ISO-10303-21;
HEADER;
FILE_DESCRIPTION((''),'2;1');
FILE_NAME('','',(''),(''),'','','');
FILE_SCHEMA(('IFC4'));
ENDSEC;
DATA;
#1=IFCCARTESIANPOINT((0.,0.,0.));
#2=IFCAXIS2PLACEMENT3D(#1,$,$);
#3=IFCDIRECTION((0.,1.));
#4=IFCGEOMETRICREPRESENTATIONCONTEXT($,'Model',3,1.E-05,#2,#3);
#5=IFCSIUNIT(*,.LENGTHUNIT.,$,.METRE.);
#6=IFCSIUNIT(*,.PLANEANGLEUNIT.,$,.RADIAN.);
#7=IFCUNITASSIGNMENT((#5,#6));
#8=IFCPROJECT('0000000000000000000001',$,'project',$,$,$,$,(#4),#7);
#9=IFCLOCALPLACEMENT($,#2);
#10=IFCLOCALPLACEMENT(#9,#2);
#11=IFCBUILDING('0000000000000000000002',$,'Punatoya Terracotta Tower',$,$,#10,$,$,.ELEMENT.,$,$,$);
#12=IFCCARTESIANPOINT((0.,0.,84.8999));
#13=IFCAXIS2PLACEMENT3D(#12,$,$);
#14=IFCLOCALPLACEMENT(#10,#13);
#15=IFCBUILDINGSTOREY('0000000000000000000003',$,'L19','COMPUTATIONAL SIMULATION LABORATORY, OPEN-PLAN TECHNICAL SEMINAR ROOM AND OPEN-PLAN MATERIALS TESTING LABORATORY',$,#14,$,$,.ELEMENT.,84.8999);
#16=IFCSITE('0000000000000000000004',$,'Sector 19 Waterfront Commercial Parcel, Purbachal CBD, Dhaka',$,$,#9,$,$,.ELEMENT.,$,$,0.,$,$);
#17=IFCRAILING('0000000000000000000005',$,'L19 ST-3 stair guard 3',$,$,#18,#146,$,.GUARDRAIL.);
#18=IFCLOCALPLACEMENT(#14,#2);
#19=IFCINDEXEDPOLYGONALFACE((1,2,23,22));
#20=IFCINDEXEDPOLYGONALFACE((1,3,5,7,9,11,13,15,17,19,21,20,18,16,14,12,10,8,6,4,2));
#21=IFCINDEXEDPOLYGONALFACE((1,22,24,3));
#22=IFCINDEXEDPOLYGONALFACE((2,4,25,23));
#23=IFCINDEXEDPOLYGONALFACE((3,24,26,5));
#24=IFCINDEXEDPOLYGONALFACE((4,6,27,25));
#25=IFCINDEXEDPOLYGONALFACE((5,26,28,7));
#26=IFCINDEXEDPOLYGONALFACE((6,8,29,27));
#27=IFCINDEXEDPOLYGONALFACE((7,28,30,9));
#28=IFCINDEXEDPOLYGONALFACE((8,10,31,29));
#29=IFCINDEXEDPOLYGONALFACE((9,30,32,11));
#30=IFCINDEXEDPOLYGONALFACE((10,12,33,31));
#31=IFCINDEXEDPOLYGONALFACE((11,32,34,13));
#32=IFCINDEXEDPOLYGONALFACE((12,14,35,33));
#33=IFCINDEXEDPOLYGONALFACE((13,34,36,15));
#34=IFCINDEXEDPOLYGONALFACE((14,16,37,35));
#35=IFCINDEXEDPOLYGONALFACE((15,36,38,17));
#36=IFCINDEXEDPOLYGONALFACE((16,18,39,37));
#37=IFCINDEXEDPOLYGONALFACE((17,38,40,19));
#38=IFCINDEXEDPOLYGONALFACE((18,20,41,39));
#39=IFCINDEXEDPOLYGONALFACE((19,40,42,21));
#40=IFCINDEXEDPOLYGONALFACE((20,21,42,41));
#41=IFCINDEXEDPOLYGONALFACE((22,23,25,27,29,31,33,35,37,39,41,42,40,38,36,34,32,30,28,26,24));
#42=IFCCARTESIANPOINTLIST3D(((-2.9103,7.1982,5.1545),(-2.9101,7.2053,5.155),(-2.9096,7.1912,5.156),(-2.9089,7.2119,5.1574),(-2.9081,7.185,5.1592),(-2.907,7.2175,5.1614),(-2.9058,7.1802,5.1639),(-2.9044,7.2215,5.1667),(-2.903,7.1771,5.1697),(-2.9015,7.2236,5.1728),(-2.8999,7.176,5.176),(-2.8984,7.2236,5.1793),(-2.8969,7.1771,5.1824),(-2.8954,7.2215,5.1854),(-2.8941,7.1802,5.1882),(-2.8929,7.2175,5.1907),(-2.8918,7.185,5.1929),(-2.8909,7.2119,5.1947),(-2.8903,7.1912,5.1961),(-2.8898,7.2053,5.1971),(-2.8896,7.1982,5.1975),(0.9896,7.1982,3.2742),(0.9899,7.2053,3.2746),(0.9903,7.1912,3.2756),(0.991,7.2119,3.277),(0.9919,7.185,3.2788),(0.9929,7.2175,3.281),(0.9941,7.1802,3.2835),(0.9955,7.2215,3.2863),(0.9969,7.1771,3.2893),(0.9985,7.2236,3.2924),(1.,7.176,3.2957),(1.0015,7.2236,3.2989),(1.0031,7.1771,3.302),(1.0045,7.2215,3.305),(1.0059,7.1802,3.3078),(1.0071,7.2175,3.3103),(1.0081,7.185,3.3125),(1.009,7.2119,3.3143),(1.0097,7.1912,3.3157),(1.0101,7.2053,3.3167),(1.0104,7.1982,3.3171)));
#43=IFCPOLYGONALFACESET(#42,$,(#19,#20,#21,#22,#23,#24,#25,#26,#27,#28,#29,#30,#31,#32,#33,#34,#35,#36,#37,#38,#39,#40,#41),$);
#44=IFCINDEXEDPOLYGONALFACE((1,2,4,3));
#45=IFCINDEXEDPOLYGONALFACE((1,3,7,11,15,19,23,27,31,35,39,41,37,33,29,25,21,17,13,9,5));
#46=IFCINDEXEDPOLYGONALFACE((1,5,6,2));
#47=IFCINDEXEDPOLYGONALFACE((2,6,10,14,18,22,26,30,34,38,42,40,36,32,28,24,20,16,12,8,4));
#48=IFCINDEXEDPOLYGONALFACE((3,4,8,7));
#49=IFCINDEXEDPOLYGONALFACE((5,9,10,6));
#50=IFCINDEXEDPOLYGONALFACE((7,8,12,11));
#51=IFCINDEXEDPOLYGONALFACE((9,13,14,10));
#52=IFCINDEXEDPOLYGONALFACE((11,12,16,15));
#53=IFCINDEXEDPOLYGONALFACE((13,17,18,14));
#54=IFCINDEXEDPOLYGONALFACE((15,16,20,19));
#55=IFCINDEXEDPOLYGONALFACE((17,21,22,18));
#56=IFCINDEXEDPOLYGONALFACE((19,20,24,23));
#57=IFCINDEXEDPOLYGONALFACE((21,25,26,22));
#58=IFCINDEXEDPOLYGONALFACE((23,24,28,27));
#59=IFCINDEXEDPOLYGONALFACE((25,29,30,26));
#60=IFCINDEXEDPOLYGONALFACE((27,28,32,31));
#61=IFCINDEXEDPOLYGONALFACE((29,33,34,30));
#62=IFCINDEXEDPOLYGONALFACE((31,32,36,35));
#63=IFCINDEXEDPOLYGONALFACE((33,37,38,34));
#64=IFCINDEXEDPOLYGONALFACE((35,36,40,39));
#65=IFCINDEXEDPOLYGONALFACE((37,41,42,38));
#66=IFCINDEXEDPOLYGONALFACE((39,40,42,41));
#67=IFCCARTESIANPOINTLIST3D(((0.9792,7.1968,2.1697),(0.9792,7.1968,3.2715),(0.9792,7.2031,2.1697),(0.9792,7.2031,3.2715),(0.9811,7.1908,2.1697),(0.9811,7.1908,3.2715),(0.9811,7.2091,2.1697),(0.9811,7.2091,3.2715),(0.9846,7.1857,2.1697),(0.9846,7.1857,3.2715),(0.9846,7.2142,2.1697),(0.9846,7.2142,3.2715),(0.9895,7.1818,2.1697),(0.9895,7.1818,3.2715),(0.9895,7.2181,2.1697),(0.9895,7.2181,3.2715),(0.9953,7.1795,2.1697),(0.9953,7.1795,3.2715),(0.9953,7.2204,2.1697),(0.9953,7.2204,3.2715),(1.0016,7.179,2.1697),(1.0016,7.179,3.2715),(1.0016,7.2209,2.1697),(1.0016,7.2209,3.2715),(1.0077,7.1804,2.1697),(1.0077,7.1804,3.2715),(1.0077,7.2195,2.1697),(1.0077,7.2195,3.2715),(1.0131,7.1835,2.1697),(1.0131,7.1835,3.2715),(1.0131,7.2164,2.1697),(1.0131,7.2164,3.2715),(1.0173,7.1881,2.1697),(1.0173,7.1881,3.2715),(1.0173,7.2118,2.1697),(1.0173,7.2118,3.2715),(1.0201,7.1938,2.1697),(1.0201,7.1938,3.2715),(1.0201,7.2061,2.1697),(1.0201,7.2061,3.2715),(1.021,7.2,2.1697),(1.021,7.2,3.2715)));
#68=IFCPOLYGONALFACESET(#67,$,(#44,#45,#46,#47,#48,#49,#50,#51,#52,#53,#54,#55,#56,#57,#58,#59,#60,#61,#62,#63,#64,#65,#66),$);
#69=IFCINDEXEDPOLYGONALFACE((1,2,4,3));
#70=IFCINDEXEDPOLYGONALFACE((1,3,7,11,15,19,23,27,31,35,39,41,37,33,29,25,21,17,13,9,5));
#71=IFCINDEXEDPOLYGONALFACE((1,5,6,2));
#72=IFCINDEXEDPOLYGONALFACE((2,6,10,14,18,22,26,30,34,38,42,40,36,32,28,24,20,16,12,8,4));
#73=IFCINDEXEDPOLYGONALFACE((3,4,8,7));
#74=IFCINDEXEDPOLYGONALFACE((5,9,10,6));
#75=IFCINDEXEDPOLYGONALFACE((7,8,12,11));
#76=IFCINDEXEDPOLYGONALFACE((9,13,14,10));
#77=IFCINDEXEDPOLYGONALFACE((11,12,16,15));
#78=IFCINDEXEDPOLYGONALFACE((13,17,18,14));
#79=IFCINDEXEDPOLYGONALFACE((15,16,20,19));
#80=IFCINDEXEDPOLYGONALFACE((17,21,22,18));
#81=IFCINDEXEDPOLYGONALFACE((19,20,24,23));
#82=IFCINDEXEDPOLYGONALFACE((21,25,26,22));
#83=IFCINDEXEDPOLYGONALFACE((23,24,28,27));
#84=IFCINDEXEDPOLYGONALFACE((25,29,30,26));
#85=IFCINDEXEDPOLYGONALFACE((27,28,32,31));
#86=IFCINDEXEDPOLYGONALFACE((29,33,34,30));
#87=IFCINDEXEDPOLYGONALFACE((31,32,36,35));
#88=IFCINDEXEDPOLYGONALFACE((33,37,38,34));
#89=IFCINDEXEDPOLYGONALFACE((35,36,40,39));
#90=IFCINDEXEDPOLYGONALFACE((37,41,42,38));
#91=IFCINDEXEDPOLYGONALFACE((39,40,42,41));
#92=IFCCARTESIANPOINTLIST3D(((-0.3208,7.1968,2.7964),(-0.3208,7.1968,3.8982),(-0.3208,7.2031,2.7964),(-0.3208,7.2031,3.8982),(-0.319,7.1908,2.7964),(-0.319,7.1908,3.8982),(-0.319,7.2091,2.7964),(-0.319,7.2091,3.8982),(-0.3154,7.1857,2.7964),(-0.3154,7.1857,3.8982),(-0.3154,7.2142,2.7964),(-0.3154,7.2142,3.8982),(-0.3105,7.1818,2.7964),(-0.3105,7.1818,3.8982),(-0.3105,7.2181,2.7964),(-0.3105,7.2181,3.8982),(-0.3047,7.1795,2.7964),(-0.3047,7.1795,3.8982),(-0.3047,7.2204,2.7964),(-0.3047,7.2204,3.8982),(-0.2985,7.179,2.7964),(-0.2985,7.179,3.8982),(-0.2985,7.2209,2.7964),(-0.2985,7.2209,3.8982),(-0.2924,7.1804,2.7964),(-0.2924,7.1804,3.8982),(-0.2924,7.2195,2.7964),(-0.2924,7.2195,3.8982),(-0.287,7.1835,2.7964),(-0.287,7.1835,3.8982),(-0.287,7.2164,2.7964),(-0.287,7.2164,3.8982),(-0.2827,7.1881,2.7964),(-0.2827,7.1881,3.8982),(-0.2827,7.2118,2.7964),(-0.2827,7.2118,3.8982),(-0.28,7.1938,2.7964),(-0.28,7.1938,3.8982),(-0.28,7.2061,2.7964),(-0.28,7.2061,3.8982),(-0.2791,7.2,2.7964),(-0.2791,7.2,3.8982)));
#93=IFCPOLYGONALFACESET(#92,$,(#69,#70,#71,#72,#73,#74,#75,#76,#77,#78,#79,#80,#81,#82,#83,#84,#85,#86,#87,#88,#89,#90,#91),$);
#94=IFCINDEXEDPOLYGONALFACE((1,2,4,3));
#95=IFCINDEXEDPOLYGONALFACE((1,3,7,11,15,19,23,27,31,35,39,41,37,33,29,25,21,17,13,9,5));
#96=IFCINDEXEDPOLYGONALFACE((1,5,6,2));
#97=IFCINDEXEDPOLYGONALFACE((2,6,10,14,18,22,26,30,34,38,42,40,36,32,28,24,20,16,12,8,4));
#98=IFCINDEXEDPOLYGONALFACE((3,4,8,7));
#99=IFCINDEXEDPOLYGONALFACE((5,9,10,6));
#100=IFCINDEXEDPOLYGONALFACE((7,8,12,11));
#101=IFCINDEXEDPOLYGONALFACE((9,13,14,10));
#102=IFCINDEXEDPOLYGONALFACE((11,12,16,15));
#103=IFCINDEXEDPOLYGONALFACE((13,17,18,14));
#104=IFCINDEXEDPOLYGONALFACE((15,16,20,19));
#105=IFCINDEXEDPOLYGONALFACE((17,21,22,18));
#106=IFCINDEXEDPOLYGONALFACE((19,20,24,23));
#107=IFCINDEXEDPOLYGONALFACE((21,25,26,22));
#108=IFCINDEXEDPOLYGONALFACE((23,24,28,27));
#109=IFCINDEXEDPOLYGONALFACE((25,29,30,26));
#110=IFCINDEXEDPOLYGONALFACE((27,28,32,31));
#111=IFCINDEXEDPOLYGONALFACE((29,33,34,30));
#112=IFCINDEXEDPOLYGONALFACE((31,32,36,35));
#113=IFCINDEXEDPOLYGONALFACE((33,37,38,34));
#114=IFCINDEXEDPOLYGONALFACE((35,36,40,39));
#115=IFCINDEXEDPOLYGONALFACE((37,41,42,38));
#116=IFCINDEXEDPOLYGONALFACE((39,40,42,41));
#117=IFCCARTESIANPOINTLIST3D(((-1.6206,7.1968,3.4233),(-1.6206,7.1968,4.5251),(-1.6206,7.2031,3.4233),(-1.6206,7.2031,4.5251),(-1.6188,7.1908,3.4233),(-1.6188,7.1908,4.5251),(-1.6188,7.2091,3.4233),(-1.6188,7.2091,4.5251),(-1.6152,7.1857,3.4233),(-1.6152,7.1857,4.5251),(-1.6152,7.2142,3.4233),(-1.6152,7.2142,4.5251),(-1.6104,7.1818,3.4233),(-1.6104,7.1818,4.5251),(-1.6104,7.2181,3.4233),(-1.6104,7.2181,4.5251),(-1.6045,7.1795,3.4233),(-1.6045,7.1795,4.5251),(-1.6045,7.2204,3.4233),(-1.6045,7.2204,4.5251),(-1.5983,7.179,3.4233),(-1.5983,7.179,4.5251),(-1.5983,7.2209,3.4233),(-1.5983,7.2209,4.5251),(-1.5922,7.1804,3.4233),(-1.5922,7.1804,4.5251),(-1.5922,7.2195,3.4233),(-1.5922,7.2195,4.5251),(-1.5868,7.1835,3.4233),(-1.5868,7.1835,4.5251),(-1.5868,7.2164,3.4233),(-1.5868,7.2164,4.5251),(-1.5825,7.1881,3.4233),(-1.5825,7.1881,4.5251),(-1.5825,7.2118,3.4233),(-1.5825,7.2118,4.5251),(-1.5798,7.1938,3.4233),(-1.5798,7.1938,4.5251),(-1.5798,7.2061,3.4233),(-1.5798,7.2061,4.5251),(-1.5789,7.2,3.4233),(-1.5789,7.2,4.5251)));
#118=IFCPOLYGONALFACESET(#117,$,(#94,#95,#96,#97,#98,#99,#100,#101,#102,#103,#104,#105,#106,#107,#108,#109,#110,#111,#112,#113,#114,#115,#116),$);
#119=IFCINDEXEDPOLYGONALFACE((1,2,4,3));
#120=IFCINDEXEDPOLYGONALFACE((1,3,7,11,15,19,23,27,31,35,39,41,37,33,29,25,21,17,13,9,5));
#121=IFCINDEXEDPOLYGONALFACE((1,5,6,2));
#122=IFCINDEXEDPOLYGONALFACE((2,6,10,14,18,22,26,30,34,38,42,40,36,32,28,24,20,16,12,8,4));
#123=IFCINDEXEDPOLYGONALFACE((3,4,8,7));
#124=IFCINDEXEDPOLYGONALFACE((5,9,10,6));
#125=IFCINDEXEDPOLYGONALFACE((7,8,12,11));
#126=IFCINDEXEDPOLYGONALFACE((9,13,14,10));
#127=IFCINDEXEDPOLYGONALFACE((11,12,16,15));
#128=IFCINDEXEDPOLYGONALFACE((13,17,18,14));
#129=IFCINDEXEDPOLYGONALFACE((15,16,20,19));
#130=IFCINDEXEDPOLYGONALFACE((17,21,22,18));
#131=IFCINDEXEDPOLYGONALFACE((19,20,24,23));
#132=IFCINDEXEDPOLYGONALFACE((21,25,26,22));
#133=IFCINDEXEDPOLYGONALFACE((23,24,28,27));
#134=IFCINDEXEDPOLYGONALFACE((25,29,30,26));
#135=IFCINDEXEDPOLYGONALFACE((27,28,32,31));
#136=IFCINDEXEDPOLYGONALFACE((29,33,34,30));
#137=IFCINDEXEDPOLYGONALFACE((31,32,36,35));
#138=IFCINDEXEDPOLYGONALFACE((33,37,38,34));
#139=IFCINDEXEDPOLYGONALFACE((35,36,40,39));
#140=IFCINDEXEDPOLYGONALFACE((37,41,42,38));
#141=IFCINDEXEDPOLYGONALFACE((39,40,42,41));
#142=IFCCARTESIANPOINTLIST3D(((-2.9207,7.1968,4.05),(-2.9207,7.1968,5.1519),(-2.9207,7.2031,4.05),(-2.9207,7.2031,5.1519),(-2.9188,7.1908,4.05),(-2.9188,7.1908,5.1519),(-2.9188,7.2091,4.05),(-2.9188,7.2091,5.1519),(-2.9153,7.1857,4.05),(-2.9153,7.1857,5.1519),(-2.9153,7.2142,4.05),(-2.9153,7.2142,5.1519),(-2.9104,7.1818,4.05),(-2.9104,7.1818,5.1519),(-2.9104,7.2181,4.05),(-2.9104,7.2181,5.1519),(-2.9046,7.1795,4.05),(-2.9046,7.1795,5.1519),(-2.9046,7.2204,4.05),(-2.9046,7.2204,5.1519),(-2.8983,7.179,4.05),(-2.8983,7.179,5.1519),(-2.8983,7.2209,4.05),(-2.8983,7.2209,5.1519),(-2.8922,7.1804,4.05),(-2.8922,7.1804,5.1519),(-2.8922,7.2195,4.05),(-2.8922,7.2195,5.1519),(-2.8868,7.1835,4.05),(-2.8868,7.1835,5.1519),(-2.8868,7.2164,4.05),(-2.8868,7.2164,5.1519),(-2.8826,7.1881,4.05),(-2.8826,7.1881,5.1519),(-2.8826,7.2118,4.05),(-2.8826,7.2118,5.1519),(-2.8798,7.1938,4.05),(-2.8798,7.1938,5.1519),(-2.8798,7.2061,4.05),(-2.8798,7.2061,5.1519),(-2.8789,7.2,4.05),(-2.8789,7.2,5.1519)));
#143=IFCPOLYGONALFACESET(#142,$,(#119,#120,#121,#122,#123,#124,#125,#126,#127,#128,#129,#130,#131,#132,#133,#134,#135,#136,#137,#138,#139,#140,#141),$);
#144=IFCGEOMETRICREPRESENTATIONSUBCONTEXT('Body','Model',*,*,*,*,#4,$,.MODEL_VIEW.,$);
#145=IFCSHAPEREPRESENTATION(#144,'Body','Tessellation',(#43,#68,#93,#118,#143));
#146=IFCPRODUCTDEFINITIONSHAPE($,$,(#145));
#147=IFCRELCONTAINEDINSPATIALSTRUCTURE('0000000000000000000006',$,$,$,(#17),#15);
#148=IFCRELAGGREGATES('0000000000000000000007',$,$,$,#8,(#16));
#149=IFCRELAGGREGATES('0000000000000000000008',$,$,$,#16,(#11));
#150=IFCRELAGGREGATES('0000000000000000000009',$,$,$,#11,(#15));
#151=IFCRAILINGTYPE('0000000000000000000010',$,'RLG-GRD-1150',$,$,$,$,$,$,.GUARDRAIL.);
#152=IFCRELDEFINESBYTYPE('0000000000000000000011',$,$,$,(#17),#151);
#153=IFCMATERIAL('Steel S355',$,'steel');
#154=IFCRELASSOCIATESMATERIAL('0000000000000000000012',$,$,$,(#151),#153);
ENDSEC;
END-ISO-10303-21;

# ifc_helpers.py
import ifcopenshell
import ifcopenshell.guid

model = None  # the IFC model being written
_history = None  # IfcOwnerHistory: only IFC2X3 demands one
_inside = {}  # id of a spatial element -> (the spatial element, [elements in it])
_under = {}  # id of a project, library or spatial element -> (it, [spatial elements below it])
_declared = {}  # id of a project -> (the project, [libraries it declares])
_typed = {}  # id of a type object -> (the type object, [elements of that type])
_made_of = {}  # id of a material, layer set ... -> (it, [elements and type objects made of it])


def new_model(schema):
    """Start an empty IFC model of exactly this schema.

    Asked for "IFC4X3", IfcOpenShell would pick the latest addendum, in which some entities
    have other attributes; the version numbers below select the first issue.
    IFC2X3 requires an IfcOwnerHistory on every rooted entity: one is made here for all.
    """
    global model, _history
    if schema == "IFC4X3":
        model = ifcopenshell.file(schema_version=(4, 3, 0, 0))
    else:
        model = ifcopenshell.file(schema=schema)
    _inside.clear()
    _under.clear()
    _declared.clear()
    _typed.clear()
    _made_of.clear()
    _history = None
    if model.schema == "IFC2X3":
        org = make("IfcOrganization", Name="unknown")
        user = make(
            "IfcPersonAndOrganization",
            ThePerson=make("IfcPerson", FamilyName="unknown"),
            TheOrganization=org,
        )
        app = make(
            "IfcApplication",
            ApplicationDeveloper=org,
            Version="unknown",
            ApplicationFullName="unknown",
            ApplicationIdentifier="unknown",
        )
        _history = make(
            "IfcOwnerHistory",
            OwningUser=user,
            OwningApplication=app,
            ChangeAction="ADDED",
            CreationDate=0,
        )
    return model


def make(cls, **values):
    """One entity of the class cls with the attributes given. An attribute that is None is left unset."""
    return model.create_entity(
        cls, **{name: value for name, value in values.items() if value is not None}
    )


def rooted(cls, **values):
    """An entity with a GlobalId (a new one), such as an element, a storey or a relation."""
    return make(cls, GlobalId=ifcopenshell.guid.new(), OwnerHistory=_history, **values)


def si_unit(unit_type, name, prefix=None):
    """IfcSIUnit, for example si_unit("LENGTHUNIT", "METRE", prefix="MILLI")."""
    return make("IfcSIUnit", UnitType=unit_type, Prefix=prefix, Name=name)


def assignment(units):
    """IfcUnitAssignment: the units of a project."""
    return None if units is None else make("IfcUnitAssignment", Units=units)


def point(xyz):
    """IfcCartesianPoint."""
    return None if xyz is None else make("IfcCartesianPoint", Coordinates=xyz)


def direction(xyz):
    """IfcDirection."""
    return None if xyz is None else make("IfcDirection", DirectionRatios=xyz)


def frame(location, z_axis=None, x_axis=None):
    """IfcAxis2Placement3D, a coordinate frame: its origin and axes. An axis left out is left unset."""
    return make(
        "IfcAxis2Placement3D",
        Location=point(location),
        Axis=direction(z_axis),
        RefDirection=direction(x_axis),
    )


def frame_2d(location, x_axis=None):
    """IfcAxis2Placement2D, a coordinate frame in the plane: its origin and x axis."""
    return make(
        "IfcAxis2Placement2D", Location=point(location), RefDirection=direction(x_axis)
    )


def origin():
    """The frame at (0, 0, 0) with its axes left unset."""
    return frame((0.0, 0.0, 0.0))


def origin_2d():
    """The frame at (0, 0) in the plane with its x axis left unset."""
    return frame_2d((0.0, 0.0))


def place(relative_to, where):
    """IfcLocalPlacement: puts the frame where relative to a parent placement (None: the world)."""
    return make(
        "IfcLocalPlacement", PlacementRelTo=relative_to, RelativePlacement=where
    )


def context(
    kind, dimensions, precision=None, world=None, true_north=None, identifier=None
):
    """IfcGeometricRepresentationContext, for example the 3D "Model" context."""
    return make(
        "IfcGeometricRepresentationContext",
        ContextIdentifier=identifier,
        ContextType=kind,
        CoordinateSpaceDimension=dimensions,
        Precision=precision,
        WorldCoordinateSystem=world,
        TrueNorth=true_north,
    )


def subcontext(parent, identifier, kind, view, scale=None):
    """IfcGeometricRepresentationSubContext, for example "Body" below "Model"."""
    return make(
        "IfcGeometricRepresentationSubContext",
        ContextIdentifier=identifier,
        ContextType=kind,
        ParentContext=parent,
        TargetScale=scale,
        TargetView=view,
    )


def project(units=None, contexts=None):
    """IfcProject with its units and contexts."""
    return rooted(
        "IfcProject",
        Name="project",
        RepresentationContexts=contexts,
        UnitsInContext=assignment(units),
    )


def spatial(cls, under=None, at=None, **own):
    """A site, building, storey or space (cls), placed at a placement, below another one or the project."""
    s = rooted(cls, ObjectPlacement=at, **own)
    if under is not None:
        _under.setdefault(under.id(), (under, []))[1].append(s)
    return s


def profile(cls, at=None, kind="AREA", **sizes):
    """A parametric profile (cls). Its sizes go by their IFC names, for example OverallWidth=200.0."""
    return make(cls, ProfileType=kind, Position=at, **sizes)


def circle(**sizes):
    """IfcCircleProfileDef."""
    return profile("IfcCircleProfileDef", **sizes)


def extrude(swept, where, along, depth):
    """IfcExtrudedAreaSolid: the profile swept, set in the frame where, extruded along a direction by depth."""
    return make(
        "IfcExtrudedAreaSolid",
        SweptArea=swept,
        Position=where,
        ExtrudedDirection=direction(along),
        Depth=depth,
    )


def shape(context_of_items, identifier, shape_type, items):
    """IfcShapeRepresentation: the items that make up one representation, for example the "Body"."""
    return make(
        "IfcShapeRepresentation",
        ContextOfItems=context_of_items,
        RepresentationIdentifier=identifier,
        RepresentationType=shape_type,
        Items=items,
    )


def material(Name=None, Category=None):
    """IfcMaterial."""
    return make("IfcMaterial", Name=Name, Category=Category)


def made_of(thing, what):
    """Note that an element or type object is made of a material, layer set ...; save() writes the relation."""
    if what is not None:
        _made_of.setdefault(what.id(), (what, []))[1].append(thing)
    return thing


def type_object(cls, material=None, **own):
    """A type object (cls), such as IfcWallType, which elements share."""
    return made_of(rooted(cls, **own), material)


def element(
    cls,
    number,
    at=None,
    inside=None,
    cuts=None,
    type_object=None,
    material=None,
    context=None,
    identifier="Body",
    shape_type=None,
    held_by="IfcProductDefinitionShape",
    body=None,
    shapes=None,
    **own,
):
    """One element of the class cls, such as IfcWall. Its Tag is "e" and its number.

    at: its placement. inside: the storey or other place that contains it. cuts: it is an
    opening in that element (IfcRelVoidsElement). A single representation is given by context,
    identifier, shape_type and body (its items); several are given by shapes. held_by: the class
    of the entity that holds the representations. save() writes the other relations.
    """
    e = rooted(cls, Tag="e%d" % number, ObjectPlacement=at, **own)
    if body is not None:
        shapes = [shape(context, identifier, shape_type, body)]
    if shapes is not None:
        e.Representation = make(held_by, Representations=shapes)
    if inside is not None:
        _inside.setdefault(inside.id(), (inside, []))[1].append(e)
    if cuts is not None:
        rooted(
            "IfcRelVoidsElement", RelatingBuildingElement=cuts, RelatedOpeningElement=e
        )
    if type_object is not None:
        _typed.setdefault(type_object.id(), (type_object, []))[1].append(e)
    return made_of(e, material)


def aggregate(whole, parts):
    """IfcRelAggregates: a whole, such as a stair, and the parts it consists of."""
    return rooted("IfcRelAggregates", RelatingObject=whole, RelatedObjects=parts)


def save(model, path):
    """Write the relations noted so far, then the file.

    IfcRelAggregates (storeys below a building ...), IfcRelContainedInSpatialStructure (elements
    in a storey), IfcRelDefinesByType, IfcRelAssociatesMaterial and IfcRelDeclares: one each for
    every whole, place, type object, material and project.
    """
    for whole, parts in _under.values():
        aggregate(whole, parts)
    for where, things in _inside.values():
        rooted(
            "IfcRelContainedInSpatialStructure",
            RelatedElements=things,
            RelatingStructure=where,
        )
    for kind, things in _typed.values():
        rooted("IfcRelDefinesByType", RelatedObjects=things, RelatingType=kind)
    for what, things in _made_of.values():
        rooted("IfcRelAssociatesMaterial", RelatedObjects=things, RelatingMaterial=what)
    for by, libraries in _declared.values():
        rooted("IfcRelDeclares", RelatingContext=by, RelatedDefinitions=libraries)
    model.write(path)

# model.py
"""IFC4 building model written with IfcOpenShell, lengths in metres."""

from ifc_helpers import new_model, si_unit, direction, frame, origin, origin_2d, place, context, subcontext, project, spatial, circle, extrude, material, type_object, element, save


model = new_model("IFC4")

# Units and contexts
model_context = context("Model", 3, precision=1e-05, world=origin(), true_north=direction((0.0, 1.0)))
body_context = subcontext(model_context, "Body", "Model", "MODEL_VIEW")
ifc_project = project(units=[si_unit("LENGTHUNIT", "METRE"), si_unit("PLANEANGLEUNIT", "RADIAN")], contexts=[model_context])

# Site, building, storey
site_placement = place(None, origin())
site = spatial("IfcSite", under=ifc_project, at=site_placement, Name="Sector 19 Waterfront Commercial Parcel, Purbachal CBD, Dhaka", CompositionType="ELEMENT", RefElevation=0.0)
building_placement = place(site_placement, origin())
building = spatial("IfcBuilding", under=site, at=building_placement, Name="Punatoya Terracotta Tower", CompositionType="ELEMENT")
storey_placement = place(building_placement, frame((0.0, 0.0, 84.8999)))
storey = spatial("IfcBuildingStorey", under=building, at=storey_placement, Name="L19", Description="COMPUTATIONAL SIMULATION LABORATORY, OPEN-PLAN TECHNICAL SEMINAR ROOM AND OPEN-PLAN MATERIALS TESTING LABORATORY", CompositionType="ELEMENT", Elevation=84.8999)

# Shared definitions
ifc_material_1 = material(Name="Steel S355", Category="steel")

# Railing
railing_type_1 = type_object("IfcRailingType", Name="RLG-GRD-1150", PredefinedType="GUARDRAIL", material=ifc_material_1)
railing_1_placement = place(storey_placement, frame((1.0, 7.2, 2.1697)))
element("IfcRailing", 1, at=railing_1_placement, inside=storey, type_object=railing_type_1, Name="L19 ST-3 stair guard 3", PredefinedType="GUARDRAIL", context=body_context, shape_type="SweptSolid", body=[
    extrude(circle(Radius=0.0239, at=origin_2d()), frame((0.0, 0.0, 1.126), z_axis=(-0.900763, 0.0, 0.434311), x_axis=(0.0, -1.0, 0.0)), (0.0, 0.0, 1.0), 4.3296),
    extrude(circle(Radius=0.021, at=origin_2d()), origin(), (0.0, 0.0, 1.0), 1.1018),
    extrude(circle(Radius=0.021, at=origin_2d()), frame((-1.3, 0.0, 0.6267)), (0.0, 0.0, 1.0), 1.1018),
    extrude(circle(Radius=0.021, at=origin_2d()), frame((-2.5999, 0.0, 1.2537)), (0.0, 0.0, 1.0), 1.1018),
    extrude(circle(Radius=0.021, at=origin_2d()), frame((-3.8999, 0.0, 1.8804)), (0.0, 0.0, 1.0), 1.1018),
])

save(model, "model.ifc")
